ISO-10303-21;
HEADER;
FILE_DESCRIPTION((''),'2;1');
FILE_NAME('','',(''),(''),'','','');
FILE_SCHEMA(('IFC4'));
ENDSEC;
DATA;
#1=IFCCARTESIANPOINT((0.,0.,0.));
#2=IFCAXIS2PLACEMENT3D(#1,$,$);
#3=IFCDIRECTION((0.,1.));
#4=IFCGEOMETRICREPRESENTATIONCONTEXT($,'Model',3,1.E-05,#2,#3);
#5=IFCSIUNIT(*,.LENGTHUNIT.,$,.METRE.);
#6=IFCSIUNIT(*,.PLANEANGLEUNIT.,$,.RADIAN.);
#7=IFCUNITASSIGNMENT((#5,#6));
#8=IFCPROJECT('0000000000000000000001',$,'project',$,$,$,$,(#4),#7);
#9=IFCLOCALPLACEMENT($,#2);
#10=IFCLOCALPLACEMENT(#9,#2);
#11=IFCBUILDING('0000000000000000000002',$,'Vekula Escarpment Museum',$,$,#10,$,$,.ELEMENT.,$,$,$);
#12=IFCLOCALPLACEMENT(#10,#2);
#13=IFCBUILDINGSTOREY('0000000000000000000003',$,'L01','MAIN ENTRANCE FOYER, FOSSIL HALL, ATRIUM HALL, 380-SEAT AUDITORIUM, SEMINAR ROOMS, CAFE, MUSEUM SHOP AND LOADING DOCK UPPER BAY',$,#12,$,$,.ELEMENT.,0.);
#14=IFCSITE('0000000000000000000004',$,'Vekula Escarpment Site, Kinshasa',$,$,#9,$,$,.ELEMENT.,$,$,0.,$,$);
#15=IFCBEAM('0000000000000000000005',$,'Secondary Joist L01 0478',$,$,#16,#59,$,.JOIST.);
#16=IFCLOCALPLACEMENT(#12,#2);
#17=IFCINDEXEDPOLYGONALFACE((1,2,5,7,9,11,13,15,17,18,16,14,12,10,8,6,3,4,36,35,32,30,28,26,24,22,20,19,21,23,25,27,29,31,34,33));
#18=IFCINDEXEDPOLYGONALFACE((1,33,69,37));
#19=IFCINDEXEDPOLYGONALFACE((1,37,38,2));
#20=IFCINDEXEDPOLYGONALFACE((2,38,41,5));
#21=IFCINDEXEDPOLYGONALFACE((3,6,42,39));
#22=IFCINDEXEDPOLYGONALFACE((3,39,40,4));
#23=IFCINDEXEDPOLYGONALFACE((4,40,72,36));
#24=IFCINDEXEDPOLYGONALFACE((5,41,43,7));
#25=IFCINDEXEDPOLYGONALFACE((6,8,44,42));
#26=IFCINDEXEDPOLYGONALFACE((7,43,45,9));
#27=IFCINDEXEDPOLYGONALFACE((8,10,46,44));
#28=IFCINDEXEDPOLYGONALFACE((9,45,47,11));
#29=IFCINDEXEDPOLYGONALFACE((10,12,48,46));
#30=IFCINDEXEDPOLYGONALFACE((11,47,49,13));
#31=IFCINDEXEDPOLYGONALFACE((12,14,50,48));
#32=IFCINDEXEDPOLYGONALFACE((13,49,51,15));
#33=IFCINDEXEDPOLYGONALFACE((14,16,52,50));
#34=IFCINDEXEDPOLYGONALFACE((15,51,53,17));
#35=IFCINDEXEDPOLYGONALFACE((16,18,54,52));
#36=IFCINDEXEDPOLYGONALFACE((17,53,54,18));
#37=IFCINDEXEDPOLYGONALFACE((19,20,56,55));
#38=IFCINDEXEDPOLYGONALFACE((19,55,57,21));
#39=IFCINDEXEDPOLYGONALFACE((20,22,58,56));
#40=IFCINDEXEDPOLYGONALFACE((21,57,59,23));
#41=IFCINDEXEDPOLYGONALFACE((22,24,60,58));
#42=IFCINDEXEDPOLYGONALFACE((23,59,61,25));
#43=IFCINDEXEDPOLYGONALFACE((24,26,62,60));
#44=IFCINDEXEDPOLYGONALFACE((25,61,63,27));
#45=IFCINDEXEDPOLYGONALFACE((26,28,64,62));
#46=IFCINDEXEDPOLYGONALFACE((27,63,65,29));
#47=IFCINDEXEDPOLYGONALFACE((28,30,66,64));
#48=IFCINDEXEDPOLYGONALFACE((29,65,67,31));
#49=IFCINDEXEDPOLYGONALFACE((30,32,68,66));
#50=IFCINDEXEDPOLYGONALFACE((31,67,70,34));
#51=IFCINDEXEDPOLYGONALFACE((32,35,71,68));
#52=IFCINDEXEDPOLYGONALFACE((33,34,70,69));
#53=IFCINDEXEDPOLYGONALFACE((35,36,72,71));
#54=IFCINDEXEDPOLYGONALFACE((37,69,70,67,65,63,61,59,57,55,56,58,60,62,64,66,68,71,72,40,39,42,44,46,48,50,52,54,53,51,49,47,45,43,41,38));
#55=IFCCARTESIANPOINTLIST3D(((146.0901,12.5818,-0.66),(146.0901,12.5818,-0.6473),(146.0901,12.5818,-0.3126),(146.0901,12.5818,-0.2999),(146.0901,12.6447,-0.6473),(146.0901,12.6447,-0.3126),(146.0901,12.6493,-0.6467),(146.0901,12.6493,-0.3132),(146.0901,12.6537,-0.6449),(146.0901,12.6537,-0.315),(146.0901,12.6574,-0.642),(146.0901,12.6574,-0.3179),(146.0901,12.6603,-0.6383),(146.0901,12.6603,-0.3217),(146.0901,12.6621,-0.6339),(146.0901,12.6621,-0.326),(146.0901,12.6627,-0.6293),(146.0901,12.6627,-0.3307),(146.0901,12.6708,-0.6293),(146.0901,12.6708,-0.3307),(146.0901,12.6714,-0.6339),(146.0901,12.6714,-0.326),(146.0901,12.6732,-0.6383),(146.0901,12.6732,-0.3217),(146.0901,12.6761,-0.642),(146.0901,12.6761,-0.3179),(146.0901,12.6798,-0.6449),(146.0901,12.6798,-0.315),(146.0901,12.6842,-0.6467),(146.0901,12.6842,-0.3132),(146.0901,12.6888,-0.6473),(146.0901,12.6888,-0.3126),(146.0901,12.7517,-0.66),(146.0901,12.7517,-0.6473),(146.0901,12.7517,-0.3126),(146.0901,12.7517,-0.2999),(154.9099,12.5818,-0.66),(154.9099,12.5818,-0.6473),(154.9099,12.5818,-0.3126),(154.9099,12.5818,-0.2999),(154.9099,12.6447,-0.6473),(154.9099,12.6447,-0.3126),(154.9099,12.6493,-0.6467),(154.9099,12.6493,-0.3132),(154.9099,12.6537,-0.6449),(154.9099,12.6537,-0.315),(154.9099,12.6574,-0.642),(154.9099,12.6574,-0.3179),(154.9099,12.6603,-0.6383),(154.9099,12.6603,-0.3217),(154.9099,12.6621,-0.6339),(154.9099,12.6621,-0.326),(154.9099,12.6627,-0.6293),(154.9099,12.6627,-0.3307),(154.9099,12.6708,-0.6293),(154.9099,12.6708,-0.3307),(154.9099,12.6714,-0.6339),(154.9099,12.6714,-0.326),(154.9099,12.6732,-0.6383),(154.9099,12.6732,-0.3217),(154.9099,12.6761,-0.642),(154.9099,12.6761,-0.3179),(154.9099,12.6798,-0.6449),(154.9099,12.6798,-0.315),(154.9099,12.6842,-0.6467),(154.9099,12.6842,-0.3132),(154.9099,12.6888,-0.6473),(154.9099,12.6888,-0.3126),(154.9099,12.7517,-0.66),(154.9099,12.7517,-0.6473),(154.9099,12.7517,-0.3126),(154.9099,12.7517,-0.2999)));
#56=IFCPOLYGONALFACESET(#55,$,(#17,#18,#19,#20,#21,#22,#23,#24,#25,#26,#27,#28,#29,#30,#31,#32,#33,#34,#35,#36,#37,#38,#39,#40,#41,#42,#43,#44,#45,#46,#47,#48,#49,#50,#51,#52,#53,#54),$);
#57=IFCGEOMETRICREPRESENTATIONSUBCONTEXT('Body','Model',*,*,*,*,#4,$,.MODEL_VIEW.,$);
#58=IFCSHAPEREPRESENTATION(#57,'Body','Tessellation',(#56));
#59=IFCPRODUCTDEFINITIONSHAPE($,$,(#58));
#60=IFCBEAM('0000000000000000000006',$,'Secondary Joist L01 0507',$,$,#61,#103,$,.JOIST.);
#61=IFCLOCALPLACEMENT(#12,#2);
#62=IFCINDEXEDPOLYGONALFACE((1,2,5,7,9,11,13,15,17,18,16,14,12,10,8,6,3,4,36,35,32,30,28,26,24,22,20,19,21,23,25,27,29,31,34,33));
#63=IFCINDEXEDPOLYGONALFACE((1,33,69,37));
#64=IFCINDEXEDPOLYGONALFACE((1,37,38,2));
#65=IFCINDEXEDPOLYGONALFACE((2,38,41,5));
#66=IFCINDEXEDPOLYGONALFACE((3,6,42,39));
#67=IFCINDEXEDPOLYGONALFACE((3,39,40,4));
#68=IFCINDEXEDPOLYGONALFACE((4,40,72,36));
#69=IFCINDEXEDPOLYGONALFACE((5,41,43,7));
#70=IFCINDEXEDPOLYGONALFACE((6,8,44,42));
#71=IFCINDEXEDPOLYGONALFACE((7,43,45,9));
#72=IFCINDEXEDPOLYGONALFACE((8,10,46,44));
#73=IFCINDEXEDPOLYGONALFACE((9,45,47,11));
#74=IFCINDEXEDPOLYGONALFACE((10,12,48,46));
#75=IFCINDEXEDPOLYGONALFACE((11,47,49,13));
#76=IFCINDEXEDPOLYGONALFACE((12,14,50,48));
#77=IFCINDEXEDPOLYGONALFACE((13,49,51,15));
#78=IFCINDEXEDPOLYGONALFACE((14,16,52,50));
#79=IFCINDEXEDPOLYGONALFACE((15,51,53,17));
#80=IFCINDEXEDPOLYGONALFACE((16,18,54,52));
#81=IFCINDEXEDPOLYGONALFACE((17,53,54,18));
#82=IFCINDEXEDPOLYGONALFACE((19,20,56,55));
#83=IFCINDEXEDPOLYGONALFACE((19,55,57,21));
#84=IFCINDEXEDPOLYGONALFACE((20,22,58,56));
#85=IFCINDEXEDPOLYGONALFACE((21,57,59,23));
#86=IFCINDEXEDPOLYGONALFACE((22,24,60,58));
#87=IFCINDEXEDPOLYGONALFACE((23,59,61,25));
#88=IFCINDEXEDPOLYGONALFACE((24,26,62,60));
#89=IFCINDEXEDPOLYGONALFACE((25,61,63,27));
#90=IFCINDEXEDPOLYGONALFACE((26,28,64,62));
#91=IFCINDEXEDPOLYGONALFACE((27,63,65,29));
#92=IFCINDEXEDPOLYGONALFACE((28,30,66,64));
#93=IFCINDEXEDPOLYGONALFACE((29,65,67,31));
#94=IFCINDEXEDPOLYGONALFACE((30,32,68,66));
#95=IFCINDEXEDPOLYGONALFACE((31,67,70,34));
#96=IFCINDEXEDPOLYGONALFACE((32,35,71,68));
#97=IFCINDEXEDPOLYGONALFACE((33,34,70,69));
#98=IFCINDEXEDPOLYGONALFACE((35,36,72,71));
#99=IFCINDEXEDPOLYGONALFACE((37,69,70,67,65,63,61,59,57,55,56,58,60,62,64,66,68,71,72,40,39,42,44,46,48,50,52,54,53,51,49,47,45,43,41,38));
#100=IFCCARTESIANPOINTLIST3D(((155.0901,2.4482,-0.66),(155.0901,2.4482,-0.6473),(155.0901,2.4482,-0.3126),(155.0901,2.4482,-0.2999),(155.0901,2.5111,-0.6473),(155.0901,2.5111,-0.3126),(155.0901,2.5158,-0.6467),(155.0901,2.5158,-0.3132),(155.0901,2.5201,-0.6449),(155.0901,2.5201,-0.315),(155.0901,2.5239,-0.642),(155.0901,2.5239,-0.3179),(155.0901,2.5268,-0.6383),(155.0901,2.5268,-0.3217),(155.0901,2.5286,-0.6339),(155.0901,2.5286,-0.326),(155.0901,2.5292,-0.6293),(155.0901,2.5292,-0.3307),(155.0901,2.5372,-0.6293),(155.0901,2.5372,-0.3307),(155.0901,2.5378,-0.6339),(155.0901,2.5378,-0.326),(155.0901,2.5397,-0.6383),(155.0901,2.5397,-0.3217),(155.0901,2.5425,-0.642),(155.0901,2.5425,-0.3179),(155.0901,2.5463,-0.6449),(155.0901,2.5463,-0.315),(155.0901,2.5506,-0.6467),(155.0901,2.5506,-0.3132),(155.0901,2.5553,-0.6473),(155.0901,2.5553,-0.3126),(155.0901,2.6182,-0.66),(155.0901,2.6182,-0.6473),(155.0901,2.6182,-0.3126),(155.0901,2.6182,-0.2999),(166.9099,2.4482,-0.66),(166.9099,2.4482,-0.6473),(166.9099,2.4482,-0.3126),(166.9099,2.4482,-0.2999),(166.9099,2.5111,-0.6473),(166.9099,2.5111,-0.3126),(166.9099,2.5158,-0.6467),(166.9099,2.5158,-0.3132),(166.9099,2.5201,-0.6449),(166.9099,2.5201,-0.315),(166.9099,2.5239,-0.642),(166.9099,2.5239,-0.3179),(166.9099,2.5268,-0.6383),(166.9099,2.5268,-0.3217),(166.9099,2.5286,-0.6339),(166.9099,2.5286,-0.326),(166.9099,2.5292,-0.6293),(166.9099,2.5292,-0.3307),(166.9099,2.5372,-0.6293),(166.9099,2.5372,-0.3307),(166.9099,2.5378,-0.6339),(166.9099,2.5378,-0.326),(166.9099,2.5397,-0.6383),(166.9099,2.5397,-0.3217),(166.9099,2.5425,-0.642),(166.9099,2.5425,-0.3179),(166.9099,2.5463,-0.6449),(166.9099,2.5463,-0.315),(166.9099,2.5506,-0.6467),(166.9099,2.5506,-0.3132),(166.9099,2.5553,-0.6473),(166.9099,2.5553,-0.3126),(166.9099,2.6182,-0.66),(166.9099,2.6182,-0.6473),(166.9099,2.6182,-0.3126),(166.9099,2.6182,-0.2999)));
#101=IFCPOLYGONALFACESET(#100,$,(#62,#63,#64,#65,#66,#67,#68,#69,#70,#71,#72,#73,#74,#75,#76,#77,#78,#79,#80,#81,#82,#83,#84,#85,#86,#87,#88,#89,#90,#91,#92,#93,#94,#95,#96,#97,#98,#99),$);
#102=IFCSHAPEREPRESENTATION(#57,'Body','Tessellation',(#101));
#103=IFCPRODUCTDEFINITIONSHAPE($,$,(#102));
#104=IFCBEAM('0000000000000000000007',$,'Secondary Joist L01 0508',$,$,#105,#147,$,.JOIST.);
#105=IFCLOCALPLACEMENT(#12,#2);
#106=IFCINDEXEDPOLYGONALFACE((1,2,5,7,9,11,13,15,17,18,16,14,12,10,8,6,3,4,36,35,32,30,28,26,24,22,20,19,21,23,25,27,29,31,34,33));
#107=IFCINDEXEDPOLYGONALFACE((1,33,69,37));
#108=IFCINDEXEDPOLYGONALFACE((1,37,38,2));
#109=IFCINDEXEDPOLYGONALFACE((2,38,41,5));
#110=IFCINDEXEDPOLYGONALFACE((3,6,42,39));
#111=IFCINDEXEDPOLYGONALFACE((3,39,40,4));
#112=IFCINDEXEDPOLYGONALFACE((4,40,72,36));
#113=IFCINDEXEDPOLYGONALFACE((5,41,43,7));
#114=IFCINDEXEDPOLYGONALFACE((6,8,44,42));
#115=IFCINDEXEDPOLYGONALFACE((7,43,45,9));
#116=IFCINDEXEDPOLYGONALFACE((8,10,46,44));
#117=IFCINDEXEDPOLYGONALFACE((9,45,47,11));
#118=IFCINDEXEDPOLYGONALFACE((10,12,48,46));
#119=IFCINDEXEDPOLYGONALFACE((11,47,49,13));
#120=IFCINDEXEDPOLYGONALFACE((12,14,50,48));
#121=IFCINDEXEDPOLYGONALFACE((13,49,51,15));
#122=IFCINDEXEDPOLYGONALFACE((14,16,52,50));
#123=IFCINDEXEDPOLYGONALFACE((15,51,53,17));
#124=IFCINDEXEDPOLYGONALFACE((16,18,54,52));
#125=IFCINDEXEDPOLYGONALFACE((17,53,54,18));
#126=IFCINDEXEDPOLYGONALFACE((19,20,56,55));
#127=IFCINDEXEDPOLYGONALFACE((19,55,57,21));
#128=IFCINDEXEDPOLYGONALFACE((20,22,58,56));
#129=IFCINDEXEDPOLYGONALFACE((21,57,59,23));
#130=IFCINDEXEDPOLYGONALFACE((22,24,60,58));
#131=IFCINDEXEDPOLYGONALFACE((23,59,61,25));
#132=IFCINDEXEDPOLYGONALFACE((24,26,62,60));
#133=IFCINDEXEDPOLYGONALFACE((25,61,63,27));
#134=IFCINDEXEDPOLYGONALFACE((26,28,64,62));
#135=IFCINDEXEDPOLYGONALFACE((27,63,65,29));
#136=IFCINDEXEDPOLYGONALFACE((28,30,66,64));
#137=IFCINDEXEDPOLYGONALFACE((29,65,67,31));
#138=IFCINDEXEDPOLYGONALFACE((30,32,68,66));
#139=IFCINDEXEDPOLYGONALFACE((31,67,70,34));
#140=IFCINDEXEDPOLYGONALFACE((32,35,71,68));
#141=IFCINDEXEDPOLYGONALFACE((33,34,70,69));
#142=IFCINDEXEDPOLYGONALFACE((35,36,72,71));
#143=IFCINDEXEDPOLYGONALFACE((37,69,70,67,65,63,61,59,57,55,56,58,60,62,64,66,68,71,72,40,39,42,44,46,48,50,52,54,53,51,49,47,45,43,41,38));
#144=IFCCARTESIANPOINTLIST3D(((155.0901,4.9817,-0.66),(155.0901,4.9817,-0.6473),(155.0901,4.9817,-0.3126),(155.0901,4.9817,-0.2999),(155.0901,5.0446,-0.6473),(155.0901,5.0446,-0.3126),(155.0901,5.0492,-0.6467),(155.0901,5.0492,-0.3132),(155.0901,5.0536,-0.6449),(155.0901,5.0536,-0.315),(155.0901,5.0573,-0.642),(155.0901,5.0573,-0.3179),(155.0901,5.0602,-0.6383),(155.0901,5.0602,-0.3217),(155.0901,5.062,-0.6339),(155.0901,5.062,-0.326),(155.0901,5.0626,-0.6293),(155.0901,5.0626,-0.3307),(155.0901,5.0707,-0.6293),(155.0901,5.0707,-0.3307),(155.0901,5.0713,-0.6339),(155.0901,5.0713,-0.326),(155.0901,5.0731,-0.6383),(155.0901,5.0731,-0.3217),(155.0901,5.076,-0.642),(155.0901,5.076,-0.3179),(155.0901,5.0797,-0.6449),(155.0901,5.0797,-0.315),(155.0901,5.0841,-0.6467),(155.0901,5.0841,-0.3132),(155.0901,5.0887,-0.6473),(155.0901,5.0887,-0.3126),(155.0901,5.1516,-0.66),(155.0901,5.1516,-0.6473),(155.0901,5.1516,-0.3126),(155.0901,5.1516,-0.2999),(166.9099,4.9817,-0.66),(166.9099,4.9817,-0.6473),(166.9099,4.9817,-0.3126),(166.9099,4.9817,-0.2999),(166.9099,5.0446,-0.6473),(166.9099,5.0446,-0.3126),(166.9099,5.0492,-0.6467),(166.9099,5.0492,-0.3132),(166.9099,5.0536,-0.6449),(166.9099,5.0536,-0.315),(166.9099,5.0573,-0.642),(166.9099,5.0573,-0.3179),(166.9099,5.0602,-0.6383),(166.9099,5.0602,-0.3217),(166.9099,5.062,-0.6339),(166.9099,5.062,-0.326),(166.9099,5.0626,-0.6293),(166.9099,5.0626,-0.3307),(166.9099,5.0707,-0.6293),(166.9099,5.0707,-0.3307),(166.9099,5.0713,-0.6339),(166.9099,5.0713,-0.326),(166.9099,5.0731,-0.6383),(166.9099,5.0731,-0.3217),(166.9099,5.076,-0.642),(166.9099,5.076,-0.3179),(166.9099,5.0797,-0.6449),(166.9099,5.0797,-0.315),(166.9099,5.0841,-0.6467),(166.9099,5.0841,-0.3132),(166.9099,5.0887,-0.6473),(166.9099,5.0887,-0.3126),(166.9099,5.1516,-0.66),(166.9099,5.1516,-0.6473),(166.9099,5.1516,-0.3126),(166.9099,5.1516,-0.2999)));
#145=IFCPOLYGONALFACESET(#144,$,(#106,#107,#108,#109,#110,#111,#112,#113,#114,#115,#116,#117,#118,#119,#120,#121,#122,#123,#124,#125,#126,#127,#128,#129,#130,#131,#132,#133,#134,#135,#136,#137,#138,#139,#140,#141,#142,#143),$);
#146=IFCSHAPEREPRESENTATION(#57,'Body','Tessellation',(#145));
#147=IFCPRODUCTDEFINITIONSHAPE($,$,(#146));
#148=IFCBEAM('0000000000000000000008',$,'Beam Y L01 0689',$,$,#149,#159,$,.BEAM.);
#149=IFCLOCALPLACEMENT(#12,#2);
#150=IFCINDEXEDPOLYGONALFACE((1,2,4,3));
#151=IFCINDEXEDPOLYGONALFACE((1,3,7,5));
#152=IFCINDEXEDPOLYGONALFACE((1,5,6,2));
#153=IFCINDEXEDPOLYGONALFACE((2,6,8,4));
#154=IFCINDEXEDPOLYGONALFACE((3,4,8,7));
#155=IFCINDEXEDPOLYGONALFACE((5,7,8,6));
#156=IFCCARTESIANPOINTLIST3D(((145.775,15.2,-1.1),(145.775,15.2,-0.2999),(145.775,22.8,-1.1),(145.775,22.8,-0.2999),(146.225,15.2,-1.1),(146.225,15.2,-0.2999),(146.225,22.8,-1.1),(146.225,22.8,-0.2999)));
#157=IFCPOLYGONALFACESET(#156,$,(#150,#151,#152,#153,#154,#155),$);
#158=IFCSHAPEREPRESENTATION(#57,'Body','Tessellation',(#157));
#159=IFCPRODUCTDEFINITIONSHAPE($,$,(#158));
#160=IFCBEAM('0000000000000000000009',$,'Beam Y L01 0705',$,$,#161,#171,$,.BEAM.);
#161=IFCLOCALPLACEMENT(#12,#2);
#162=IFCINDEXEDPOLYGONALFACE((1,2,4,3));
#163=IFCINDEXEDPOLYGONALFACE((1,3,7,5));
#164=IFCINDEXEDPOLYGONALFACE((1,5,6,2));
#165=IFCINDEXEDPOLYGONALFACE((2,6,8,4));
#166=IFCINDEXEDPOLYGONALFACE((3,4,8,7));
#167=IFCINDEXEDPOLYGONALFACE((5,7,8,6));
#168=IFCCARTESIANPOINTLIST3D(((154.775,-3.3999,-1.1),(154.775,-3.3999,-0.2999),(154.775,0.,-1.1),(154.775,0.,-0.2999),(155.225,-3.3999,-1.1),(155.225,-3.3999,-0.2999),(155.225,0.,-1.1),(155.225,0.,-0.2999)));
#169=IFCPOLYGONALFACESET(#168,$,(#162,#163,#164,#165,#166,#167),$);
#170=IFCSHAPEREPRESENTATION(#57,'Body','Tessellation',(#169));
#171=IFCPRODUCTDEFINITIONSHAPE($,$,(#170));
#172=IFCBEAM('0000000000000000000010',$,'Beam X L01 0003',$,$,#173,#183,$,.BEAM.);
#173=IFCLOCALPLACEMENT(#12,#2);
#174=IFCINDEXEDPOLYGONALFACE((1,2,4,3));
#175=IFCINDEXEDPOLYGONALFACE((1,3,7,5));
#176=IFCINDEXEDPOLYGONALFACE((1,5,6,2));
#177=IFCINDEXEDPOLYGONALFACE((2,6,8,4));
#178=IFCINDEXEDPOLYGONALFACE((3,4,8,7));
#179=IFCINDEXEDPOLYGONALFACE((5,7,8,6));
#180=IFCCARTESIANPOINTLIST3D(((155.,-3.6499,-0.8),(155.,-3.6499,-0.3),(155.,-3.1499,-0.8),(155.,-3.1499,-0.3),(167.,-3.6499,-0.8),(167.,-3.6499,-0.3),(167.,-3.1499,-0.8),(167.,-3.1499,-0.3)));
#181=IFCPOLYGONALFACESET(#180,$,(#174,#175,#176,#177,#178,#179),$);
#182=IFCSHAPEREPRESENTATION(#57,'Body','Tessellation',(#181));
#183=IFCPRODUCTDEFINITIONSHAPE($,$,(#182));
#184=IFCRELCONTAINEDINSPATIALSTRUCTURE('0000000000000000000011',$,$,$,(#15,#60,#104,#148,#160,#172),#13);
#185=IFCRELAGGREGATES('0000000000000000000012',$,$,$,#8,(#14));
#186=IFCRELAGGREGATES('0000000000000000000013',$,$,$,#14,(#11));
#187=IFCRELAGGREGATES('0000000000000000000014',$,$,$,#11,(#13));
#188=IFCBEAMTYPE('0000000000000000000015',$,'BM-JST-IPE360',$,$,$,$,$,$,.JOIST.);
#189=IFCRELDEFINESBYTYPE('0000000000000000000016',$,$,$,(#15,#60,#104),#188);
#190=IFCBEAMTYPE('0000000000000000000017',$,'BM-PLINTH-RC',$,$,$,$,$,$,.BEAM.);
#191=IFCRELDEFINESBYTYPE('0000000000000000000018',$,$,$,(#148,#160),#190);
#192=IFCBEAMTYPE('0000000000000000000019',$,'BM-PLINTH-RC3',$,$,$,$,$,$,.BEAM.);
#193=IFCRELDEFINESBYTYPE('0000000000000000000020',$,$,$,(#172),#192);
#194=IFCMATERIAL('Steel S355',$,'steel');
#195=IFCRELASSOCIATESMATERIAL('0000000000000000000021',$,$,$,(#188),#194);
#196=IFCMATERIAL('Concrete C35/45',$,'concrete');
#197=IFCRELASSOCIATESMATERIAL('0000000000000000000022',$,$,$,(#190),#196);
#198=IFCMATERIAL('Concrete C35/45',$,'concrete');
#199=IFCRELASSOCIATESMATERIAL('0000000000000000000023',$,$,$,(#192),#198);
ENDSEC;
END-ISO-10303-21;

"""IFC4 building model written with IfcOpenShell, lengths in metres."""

from ifc_helpers import new_model, si_unit, direction, frame, origin, origin_2d, place, context, subcontext, project, spatial, rectangle, i_section, extrude, material, material_profile, profile_set, type_object, element, save


model = new_model("IFC4")

# Units and contexts
model_context = context("Model", 3, precision=1e-05, world=origin(), true_north=direction((0.0, 1.0)))
body_context = subcontext(model_context, "Body", "Model", "MODEL_VIEW")
ifc_project = project(units=[si_unit("LENGTHUNIT", "METRE"), si_unit("PLANEANGLEUNIT", "RADIAN")], contexts=[model_context])

# Site, building, storey
site_placement = place(None, origin())
site = spatial("IfcSite", under=ifc_project, at=site_placement, Name="Vekula Escarpment Site, Kinshasa", CompositionType="ELEMENT", RefElevation=0.0)
building_placement = place(site_placement, origin())
building = spatial("IfcBuilding", under=site, at=building_placement, Name="Vekula Escarpment Museum", CompositionType="ELEMENT")
storey_placement = place(building_placement, origin())
storey = spatial("IfcBuildingStorey", under=building, at=storey_placement, Name="L01", Description="MAIN ENTRANCE FOYER, FOSSIL HALL, ATRIUM HALL, 380-SEAT AUDITORIUM, SEMINAR ROOMS, CAFE, MUSEUM SHOP AND LOADING DOCK UPPER BAY", CompositionType="ELEMENT", Elevation=0.0)

# Beams
ifc_material_1 = material(Name="Steel S355", Category="steel")
ifc_material_profile_1 = material_profile(ifc_material_1, i_section(OverallWidth=0.1699, OverallDepth=0.3601, WebThickness=0.0081, FlangeThickness=0.0127, FilletRadius=0.0181, at=origin_2d()), Name="IPE 360")
ifc_profile_set_1 = profile_set([ifc_material_profile_1], Name="Steel S355")
beam_type_1 = type_object("IfcBeamType", Name="BM-JST-IPE360", PredefinedType="JOIST", material=ifc_profile_set_1)
for number, where, z_axis, x_axis, name in (
    (1, (146.0901, 12.6667, -0.48), (1.0, 0.0, 0.0), (0.0, 1.0, 0.0), "Secondary Joist L01 0478"),
):
    element("IfcBeam", number, at=place(storey_placement, frame(where, z_axis=z_axis, x_axis=x_axis)), inside=storey, type_object=beam_type_1, Name=name, PredefinedType="JOIST", context=body_context, shape_type="SweptSolid", body=[
        extrude(i_section(OverallWidth=0.1699, OverallDepth=0.3601, WebThickness=0.0081, FlangeThickness=0.0127, FilletRadius=0.0181, at=origin_2d()), origin(), (0.0, 0.0, 1.0), 8.8198),
    ])
for number, where, z_axis, x_axis, name in (
    (2, (155.0901, 2.5332, -0.48), (1.0, 0.0, 0.0), (0.0, 1.0, 0.0), "Secondary Joist L01 0507"),
    (3, (155.0901, 5.0667, -0.48), (1.0, 0.0, 0.0), (0.0, 1.0, 0.0), "Secondary Joist L01 0508"),
):
    element("IfcBeam", number, at=place(storey_placement, frame(where, z_axis=z_axis, x_axis=x_axis)), inside=storey, type_object=beam_type_1, Name=name, PredefinedType="JOIST", context=body_context, shape_type="SweptSolid", body=[
        extrude(i_section(OverallWidth=0.1699, OverallDepth=0.3601, WebThickness=0.0081, FlangeThickness=0.0127, FilletRadius=0.0181, at=origin_2d()), origin(), (0.0, 0.0, 1.0), 11.8198),
    ])
ifc_material_2 = material(Name="Concrete C35/45", Category="concrete")
ifc_material_profile_2 = material_profile(ifc_material_2, rectangle(XDim=0.45, YDim=0.8, at=origin_2d()), Name="RC 450x800")
ifc_profile_set_2 = profile_set([ifc_material_profile_2], Name="Concrete C35/45")
beam_type_2 = type_object("IfcBeamType", Name="BM-PLINTH-RC", PredefinedType="BEAM", material=ifc_profile_set_2)
beam_1_placement = place(storey_placement, frame((146.0, 15.2, -0.7), z_axis=(0.0, 1.0, 0.0), x_axis=(-1.0, 0.0, 0.0)))
element("IfcBeam", 4, at=beam_1_placement, inside=storey, type_object=beam_type_2, Name="Beam Y L01 0689", PredefinedType="BEAM", context=body_context, shape_type="SweptSolid", body=[
    extrude(rectangle(XDim=0.45, YDim=0.8, at=origin_2d()), origin(), (0.0, 0.0, 1.0), 7.6001),
])
beam_2_placement = place(storey_placement, frame((155.0, -3.3999, -0.7), z_axis=(0.0, 1.0, 0.0), x_axis=(-1.0, 0.0, 0.0)))
element("IfcBeam", 5, at=beam_2_placement, inside=storey, type_object=beam_type_2, Name="Beam Y L01 0705", PredefinedType="BEAM", context=body_context, shape_type="SweptSolid", body=[
    extrude(rectangle(XDim=0.45, YDim=0.8, at=origin_2d()), origin(), (0.0, 0.0, 1.0), 3.3999),
])
ifc_material_3 = material(Name="Concrete C35/45", Category="concrete")
ifc_material_profile_3 = material_profile(ifc_material_3, rectangle(XDim=0.5, YDim=0.5, at=origin_2d()), Name="RC 500x500")
ifc_profile_set_3 = profile_set([ifc_material_profile_3], Name="Concrete C35/45")
beam_type_3 = type_object("IfcBeamType", Name="BM-PLINTH-RC3", PredefinedType="BEAM", material=ifc_profile_set_3)
beam_3_placement = place(storey_placement, frame((155.0, -3.3999, -0.55), z_axis=(1.0, 0.0, 0.0), x_axis=(0.0, 1.0, 0.0)))
element("IfcBeam", 6, at=beam_3_placement, inside=storey, type_object=beam_type_3, Name="Beam X L01 0003", PredefinedType="BEAM", context=body_context, shape_type="SweptSolid", body=[
    extrude(rectangle(XDim=0.5, YDim=0.5, at=origin_2d()), origin(), (0.0, 0.0, 1.0), 12.0),
])

save(model, "model.ifc")
